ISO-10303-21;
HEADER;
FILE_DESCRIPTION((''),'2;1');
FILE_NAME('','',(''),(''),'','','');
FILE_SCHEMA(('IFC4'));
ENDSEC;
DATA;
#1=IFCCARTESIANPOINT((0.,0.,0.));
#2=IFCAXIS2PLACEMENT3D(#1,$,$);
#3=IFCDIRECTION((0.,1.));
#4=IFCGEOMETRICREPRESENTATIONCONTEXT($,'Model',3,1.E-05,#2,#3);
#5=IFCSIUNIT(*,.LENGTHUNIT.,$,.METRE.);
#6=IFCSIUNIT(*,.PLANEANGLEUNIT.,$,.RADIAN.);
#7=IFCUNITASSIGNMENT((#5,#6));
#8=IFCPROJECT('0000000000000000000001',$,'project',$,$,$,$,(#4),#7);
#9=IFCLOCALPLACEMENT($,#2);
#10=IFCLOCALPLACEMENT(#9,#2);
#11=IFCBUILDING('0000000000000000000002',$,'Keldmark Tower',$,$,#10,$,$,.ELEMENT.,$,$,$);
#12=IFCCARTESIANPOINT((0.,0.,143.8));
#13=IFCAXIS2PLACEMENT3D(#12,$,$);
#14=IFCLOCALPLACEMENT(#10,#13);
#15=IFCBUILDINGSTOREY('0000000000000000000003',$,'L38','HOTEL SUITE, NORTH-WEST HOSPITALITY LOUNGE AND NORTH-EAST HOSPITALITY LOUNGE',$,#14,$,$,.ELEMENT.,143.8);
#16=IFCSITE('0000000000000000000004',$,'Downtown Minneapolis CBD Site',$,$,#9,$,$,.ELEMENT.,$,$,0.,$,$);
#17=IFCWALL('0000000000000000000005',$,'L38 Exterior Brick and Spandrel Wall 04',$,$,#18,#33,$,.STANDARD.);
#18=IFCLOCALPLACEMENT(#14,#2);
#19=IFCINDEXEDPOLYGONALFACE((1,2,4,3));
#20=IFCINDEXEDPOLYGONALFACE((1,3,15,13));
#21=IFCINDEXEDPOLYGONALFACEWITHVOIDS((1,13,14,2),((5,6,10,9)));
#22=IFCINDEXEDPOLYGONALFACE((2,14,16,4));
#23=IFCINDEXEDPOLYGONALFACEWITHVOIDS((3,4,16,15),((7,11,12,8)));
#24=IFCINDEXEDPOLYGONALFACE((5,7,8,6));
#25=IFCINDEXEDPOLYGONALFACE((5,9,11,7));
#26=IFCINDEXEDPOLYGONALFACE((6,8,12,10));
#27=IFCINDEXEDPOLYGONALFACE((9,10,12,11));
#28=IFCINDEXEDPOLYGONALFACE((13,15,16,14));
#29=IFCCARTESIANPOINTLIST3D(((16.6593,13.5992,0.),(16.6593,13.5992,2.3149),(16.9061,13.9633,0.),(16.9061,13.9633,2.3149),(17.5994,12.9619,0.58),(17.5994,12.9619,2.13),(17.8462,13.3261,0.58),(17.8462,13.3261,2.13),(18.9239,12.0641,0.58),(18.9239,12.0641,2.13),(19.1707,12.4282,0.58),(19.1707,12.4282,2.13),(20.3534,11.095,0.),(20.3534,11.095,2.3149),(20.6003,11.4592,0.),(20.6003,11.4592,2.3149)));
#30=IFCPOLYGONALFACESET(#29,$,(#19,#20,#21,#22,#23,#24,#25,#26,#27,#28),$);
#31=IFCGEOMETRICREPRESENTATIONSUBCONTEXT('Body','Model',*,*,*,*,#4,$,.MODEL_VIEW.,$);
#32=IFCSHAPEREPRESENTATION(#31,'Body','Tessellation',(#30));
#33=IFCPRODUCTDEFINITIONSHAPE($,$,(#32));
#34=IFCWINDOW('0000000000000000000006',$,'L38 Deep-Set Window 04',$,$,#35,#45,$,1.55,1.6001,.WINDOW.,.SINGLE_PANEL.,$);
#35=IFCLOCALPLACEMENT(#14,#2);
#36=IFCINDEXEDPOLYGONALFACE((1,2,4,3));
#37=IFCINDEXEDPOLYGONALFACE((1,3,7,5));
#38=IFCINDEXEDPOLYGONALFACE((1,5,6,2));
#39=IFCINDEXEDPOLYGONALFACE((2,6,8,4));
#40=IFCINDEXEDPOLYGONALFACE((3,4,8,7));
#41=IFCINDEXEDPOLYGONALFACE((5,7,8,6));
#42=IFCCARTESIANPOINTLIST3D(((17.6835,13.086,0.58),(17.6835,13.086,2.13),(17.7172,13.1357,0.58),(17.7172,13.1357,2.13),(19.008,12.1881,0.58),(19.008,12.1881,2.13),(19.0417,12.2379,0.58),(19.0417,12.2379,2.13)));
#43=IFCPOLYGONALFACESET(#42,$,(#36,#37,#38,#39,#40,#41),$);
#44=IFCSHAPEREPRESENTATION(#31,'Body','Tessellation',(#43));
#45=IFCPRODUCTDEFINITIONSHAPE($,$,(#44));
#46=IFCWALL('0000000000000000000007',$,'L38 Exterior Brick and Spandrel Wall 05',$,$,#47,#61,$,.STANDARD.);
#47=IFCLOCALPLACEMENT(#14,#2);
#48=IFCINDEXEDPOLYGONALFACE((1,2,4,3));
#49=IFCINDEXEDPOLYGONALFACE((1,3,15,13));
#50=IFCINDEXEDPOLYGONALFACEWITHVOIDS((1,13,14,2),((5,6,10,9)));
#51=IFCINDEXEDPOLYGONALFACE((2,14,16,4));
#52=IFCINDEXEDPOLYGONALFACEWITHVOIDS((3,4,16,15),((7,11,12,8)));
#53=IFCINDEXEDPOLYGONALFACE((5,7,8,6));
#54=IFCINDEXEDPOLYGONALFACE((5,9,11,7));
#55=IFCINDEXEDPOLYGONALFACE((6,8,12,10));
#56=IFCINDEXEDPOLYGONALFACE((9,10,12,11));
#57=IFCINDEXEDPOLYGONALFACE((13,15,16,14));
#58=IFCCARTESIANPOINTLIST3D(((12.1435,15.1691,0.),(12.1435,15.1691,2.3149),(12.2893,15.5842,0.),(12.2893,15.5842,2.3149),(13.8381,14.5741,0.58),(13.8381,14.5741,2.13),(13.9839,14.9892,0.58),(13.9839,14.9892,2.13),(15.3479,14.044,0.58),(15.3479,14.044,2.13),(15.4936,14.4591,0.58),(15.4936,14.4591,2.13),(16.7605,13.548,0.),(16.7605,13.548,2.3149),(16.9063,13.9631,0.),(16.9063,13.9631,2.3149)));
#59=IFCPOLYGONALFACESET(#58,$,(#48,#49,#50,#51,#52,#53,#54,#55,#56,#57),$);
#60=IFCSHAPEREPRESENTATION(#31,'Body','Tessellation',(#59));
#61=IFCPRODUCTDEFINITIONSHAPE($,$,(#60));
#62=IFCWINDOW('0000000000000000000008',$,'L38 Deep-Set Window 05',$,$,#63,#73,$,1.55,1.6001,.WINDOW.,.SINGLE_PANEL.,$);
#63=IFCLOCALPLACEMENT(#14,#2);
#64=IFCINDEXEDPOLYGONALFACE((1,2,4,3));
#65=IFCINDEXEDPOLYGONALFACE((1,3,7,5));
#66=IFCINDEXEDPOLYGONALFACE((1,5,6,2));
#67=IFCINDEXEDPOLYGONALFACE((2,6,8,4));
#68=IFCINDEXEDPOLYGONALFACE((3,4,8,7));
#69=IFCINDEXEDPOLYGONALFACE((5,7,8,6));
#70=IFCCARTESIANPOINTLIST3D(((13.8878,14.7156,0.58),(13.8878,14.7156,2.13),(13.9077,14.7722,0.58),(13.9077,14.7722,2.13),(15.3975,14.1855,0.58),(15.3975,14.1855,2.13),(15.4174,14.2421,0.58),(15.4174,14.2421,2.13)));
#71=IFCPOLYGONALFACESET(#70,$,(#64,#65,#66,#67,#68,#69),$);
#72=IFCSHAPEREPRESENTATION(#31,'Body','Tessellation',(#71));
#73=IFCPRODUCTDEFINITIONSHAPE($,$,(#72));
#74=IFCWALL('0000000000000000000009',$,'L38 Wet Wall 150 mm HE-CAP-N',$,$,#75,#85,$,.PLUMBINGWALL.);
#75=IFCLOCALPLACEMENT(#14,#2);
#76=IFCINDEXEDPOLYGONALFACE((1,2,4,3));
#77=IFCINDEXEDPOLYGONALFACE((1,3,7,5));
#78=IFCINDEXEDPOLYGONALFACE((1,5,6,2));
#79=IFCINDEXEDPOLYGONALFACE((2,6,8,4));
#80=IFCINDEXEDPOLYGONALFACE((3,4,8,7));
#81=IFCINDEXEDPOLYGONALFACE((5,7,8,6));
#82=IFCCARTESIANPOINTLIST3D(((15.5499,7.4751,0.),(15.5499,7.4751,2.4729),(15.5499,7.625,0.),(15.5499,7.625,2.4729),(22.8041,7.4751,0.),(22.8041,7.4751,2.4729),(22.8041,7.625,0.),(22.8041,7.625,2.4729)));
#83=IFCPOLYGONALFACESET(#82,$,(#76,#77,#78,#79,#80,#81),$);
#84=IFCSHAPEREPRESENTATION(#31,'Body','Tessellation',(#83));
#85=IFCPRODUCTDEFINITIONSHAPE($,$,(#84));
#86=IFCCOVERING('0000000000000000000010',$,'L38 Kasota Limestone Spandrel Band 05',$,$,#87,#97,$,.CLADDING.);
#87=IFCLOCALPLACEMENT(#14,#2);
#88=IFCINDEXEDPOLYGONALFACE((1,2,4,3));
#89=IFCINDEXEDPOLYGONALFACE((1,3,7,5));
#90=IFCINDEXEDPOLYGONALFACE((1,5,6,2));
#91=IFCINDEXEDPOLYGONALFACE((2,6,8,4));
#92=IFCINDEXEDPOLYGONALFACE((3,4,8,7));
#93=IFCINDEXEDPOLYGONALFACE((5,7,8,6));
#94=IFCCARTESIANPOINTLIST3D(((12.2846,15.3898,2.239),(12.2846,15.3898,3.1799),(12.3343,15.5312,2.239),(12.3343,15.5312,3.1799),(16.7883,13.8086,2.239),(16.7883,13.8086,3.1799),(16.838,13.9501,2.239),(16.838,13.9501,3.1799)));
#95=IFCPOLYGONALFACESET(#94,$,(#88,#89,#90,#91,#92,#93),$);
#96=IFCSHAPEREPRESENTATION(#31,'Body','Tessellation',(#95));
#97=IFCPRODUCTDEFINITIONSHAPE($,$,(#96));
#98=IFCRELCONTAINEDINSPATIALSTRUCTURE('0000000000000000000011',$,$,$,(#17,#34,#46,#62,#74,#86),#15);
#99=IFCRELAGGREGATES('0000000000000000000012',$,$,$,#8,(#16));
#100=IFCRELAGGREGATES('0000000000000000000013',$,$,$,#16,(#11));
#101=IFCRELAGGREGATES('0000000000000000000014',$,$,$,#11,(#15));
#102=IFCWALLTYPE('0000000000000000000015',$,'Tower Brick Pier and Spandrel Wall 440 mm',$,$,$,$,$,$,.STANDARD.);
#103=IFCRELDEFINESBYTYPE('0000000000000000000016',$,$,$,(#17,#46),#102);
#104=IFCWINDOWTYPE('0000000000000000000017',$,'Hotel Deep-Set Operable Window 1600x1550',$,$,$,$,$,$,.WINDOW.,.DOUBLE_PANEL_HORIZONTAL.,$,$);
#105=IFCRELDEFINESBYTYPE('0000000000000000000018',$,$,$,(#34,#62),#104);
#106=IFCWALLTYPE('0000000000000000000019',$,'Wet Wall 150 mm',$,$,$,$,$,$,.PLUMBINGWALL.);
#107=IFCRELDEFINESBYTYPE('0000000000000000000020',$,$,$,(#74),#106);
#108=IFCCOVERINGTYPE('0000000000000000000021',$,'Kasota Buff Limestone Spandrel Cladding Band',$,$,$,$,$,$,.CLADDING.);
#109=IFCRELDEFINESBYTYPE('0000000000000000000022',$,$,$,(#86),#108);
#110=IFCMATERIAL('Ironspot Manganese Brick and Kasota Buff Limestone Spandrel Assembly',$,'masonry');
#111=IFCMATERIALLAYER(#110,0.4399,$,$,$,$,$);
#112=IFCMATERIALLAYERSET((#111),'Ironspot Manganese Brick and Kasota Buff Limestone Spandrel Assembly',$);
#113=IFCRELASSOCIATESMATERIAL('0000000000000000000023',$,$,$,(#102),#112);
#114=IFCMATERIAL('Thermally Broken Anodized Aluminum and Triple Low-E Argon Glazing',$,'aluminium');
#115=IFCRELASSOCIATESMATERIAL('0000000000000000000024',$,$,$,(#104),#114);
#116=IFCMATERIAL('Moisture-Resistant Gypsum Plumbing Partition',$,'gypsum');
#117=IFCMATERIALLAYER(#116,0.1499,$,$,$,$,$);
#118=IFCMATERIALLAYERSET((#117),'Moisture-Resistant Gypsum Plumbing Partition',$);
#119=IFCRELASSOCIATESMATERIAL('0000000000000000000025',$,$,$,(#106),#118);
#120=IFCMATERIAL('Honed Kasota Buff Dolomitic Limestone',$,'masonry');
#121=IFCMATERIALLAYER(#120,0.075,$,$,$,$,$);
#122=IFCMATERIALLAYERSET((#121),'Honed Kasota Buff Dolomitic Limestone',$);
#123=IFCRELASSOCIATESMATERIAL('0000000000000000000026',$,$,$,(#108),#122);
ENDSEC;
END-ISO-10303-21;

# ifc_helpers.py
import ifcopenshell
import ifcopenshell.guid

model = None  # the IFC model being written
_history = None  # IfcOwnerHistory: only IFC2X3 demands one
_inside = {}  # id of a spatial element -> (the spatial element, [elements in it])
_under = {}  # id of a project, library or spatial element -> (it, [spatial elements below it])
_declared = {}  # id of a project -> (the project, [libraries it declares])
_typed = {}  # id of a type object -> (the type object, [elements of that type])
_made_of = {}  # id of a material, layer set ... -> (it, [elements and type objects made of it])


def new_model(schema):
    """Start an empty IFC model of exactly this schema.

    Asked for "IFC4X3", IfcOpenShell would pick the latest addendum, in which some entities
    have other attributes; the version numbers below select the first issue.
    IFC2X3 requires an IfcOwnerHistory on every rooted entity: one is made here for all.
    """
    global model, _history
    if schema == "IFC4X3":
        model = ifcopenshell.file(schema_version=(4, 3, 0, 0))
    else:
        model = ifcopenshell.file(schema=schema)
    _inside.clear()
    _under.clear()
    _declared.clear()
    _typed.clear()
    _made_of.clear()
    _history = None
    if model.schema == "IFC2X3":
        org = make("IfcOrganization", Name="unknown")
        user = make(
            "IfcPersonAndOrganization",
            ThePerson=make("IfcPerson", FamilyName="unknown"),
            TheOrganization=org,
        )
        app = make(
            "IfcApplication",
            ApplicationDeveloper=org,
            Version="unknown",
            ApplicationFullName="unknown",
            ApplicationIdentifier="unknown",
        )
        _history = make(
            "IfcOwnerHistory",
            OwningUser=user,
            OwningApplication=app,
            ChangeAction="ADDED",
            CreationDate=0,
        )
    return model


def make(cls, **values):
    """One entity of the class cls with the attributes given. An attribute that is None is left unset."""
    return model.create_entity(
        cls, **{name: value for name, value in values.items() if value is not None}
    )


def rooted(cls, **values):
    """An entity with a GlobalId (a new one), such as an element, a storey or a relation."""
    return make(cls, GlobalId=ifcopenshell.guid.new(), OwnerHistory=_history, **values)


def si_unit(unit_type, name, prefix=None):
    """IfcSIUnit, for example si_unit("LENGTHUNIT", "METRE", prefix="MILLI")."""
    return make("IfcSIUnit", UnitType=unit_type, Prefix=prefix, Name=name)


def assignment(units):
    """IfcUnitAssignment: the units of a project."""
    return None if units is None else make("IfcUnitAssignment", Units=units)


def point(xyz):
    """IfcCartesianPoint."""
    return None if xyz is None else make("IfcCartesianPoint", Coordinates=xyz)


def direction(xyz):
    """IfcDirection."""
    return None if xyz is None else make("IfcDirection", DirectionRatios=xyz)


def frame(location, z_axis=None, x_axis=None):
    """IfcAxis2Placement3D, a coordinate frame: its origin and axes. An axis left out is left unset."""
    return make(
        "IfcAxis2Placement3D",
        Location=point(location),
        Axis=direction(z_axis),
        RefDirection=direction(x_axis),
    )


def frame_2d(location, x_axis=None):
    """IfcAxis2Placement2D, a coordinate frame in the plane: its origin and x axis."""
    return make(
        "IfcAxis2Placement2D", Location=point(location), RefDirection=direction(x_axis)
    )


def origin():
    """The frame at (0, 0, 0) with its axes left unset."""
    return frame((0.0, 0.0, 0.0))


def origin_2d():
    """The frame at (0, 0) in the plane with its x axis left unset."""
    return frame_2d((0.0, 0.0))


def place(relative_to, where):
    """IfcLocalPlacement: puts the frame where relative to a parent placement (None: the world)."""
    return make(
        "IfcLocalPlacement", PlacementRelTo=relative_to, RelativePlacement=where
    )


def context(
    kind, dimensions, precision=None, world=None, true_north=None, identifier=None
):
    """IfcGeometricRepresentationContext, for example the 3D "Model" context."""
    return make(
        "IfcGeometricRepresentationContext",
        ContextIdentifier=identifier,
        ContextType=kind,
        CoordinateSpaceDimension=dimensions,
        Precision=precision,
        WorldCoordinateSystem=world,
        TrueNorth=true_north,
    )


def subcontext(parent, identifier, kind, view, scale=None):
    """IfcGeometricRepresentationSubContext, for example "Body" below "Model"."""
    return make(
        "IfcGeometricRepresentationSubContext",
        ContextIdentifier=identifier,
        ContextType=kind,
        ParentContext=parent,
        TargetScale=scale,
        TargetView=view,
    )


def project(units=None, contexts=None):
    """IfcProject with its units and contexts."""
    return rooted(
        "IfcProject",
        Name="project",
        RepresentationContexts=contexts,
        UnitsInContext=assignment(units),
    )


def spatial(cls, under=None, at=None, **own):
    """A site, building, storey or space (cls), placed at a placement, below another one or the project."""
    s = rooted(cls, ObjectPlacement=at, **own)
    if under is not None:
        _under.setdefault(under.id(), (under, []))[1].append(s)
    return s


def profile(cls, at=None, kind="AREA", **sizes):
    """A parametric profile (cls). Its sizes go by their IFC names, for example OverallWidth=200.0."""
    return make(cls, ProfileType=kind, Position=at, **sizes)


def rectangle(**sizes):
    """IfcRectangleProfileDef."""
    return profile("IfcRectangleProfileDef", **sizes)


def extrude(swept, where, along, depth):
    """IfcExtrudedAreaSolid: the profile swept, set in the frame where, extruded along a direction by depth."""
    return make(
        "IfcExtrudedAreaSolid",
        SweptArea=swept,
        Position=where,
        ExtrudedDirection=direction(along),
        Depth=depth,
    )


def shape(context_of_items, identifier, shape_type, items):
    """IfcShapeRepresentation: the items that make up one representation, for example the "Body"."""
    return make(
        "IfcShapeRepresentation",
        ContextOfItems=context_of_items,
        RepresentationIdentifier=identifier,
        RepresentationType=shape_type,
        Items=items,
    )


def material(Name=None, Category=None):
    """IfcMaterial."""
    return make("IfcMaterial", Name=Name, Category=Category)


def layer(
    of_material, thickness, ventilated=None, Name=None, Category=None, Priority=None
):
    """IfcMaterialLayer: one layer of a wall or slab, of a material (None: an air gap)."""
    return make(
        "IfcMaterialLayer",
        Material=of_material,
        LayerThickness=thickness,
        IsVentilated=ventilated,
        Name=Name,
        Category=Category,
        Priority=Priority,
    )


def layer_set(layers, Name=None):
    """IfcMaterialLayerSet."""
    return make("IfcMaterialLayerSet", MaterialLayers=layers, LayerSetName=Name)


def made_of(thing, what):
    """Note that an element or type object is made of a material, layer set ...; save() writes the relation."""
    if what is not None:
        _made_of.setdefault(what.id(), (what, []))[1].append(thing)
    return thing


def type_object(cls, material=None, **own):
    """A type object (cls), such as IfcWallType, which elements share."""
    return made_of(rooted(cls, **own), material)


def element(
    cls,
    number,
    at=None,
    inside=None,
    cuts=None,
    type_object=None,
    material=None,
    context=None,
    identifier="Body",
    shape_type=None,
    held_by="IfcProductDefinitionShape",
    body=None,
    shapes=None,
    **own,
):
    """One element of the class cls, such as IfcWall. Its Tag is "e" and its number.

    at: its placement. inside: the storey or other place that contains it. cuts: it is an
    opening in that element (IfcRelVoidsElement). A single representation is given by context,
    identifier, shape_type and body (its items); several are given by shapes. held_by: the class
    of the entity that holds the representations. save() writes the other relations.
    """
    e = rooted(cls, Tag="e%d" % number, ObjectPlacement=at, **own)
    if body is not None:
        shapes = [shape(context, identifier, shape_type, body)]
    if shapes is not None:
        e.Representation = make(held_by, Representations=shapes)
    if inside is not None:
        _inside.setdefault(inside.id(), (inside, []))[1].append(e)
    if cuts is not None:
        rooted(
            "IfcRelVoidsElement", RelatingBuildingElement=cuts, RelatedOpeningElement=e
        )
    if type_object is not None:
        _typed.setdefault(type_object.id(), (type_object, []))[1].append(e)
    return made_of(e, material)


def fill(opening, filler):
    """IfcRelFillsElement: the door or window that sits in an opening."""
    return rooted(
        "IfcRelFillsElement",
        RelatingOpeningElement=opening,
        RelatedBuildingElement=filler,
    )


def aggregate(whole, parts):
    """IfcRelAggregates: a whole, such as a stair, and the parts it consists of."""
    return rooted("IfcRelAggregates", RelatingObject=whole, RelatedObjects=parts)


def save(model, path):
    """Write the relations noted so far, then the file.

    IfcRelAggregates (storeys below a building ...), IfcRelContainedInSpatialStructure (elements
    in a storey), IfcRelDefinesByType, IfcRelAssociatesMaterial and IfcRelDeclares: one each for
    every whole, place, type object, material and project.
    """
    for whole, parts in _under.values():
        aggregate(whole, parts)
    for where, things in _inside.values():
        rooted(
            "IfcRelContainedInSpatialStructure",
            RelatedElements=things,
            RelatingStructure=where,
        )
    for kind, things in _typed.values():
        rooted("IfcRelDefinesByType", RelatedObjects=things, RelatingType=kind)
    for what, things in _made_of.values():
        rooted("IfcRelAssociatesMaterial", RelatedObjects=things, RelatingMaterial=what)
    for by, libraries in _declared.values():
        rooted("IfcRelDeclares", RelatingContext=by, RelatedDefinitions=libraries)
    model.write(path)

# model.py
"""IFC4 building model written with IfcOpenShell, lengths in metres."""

from ifc_helpers import new_model, si_unit, direction, frame, frame_2d, origin, origin_2d, place, context, subcontext, project, spatial, rectangle, extrude, material, layer, layer_set, type_object, element, fill, save


model = new_model("IFC4")

# Units and contexts
model_context = context("Model", 3, precision=1e-05, world=origin(), true_north=direction((0.0, 1.0)))
body_context = subcontext(model_context, "Body", "Model", "MODEL_VIEW")
ifc_project = project(units=[si_unit("LENGTHUNIT", "METRE"), si_unit("PLANEANGLEUNIT", "RADIAN")], contexts=[model_context])

# Site, building, storey
site_placement = place(None, origin())
site = spatial("IfcSite", under=ifc_project, at=site_placement, Name="Downtown Minneapolis CBD Site", CompositionType="ELEMENT", RefElevation=0.0)
building_placement = place(site_placement, origin())
building = spatial("IfcBuilding", under=site, at=building_placement, Name="Keldmark Tower", CompositionType="ELEMENT")
storey_placement = place(building_placement, frame((0.0, 0.0, 143.8)))
storey = spatial("IfcBuildingStorey", under=building, at=storey_placement, Name="L38", Description="HOTEL SUITE, NORTH-WEST HOSPITALITY LOUNGE AND NORTH-EAST HOSPITALITY LOUNGE", CompositionType="ELEMENT", Elevation=143.8)

# Walls, openings, windows
ifc_material_1 = material(Name="Ironspot Manganese Brick and Kasota Buff Limestone Spandrel Assembly", Category="masonry")
ifc_layer_1 = layer(ifc_material_1, 0.4399)
ifc_layer_set_1 = layer_set([ifc_layer_1], Name="Ironspot Manganese Brick and Kasota Buff Limestone Spandrel Assembly")
wall_type_1 = type_object("IfcWallType", Name="Tower Brick Pier and Spandrel Wall 440 mm", PredefinedType="STANDARD", material=ifc_layer_set_1)
ifc_material_2 = material(Name="Thermally Broken Anodized Aluminum and Triple Low-E Argon Glazing", Category="aluminium")
window_type_1 = type_object("IfcWindowType", Name="Hotel Deep-Set Operable Window 1600x1550", PartitioningType="DOUBLE_PANEL_HORIZONTAL", PredefinedType="WINDOW", material=ifc_material_2)
wall_1_placement = place(storey_placement, frame((16.7827, 13.7812, 0.0), z_axis=(0.0, 0.0, 1.0), x_axis=(0.827742, -0.561109, 0.0)))
wall_1 = element("IfcWall", 1, at=wall_1_placement, inside=storey, type_object=wall_type_1, Name="L38 Exterior Brick and Spandrel Wall 04", PredefinedType="STANDARD", context=body_context, shape_type="SweptSolid", body=[
    extrude(rectangle(XDim=4.4629, YDim=0.4399, at=frame_2d((2.2314, 0.0))), origin(), (0.0, 0.0, 1.0), 2.3149),
])
opening_1_placement = place(wall_1_placement, frame((1.1357, 0.0, 0.5801)))
opening_1 = element("IfcOpeningElement", 2, at=opening_1_placement, cuts=wall_1, PredefinedType="OPENING", context=body_context, shape_type="SweptSolid", body=[
    extrude(rectangle(XDim=1.6001, YDim=1.55, at=frame_2d((0.8, 0.7749))), frame((0.0, 0.23, 0.0), z_axis=(0.0, -1.0, 0.0), x_axis=(1.0, 0.0, 0.0)), (0.0, 0.0, 1.0), 0.46),
])
window_1_placement = place(opening_1_placement, origin())
window_1 = element("IfcWindow", 3, at=window_1_placement, inside=storey, type_object=window_type_1, Name="L38 Deep-Set Window 04", OverallHeight=1.55, OverallWidth=1.6001, PartitioningType="SINGLE_PANEL", PredefinedType="WINDOW", context=body_context, shape_type="SweptSolid", body=[
    extrude(rectangle(XDim=1.6001, YDim=1.55, at=frame_2d((0.8, 0.7749))), frame((0.0, -0.01, 0.0), z_axis=(0.0, -1.0, 0.0), x_axis=(1.0, 0.0, 0.0)), (0.0, 0.0, 1.0), 0.0601),
])
fill(opening_1, window_1)
wall_2_placement = place(storey_placement, frame((12.2163, 15.3767, 0.0), z_axis=(0.0, 0.0, 1.0), x_axis=(0.943529, -0.33129, 0.0)))
wall_2 = element("IfcWall", 4, at=wall_2_placement, inside=storey, type_object=wall_type_1, Name="L38 Exterior Brick and Spandrel Wall 05", PredefinedType="STANDARD", context=body_context, shape_type="SweptSolid", body=[
    extrude(rectangle(XDim=4.8933, YDim=0.4399, at=frame_2d((2.4468, 0.0))), origin(), (0.0, 0.0, 1.0), 2.3149),
])
opening_2_placement = place(wall_2_placement, frame((1.7961, 0.0, 0.5801)))
opening_2 = element("IfcOpeningElement", 5, at=opening_2_placement, cuts=wall_2, PredefinedType="OPENING", context=body_context, shape_type="SweptSolid", body=[
    extrude(rectangle(XDim=1.6001, YDim=1.55, at=frame_2d((0.8, 0.7749))), frame((0.0, 0.23, 0.0), z_axis=(0.0, -1.0, 0.0), x_axis=(1.0, 0.0, 0.0)), (0.0, 0.0, 1.0), 0.46),
])
window_2_placement = place(opening_2_placement, origin())
window_2 = element("IfcWindow", 6, at=window_2_placement, inside=storey, type_object=window_type_1, Name="L38 Deep-Set Window 05", OverallHeight=1.55, OverallWidth=1.6001, PartitioningType="SINGLE_PANEL", PredefinedType="WINDOW", context=body_context, shape_type="SweptSolid", body=[
    extrude(rectangle(XDim=1.6001, YDim=1.55, at=frame_2d((0.8, 0.7749))), frame((0.0, -0.01, 0.0), z_axis=(0.0, -1.0, 0.0), x_axis=(1.0, 0.0, 0.0)), (0.0, 0.0, 1.0), 0.0601),
])
fill(opening_2, window_2)

# Wall
ifc_material_3 = material(Name="Moisture-Resistant Gypsum Plumbing Partition", Category="gypsum")
ifc_layer_2 = layer(ifc_material_3, 0.1499)
ifc_layer_set_2 = layer_set([ifc_layer_2], Name="Moisture-Resistant Gypsum Plumbing Partition")
wall_type_2 = type_object("IfcWallType", Name="Wet Wall 150 mm", PredefinedType="PLUMBINGWALL", material=ifc_layer_set_2)
wall_3_placement = place(storey_placement, frame((15.55, 7.55, 0.0), z_axis=(0.0, 0.0, 1.0), x_axis=(1.0, 0.0, 0.0)))
element("IfcWall", 7, at=wall_3_placement, inside=storey, type_object=wall_type_2, Name="L38 Wet Wall 150 mm HE-CAP-N", PredefinedType="PLUMBINGWALL", context=body_context, shape_type="SweptSolid", body=[
    extrude(rectangle(XDim=7.2542, YDim=0.1499, at=frame_2d((3.627, 0.0))), origin(), (0.0, 0.0, 1.0), 2.4729),
])

# Covering
ifc_material_4 = material(Name="Honed Kasota Buff Dolomitic Limestone", Category="masonry")
ifc_layer_3 = layer(ifc_material_4, 0.075)
ifc_layer_set_3 = layer_set([ifc_layer_3], Name="Honed Kasota Buff Dolomitic Limestone")
covering_type = type_object("IfcCoveringType", Name="Kasota Buff Limestone Spandrel Cladding Band", PredefinedType="CLADDING", material=ifc_layer_set_3)
covering_placement = place(storey_placement, frame((14.5613, 14.6699, 2.239), z_axis=(0.0, 0.0, 1.0), x_axis=(-0.943541, 0.331256, 0.0)))
element("IfcCovering", 8, at=covering_placement, inside=storey, type_object=covering_type, Name="L38 Kasota Limestone Spandrel Band 05", PredefinedType="CLADDING", context=body_context, shape_type="SweptSolid", body=[
    extrude(rectangle(XDim=4.7732, YDim=0.1499, at=origin_2d()), origin(), (0.0, 0.0, 1.0), 0.9409),
])

save(model, "model.ifc")
